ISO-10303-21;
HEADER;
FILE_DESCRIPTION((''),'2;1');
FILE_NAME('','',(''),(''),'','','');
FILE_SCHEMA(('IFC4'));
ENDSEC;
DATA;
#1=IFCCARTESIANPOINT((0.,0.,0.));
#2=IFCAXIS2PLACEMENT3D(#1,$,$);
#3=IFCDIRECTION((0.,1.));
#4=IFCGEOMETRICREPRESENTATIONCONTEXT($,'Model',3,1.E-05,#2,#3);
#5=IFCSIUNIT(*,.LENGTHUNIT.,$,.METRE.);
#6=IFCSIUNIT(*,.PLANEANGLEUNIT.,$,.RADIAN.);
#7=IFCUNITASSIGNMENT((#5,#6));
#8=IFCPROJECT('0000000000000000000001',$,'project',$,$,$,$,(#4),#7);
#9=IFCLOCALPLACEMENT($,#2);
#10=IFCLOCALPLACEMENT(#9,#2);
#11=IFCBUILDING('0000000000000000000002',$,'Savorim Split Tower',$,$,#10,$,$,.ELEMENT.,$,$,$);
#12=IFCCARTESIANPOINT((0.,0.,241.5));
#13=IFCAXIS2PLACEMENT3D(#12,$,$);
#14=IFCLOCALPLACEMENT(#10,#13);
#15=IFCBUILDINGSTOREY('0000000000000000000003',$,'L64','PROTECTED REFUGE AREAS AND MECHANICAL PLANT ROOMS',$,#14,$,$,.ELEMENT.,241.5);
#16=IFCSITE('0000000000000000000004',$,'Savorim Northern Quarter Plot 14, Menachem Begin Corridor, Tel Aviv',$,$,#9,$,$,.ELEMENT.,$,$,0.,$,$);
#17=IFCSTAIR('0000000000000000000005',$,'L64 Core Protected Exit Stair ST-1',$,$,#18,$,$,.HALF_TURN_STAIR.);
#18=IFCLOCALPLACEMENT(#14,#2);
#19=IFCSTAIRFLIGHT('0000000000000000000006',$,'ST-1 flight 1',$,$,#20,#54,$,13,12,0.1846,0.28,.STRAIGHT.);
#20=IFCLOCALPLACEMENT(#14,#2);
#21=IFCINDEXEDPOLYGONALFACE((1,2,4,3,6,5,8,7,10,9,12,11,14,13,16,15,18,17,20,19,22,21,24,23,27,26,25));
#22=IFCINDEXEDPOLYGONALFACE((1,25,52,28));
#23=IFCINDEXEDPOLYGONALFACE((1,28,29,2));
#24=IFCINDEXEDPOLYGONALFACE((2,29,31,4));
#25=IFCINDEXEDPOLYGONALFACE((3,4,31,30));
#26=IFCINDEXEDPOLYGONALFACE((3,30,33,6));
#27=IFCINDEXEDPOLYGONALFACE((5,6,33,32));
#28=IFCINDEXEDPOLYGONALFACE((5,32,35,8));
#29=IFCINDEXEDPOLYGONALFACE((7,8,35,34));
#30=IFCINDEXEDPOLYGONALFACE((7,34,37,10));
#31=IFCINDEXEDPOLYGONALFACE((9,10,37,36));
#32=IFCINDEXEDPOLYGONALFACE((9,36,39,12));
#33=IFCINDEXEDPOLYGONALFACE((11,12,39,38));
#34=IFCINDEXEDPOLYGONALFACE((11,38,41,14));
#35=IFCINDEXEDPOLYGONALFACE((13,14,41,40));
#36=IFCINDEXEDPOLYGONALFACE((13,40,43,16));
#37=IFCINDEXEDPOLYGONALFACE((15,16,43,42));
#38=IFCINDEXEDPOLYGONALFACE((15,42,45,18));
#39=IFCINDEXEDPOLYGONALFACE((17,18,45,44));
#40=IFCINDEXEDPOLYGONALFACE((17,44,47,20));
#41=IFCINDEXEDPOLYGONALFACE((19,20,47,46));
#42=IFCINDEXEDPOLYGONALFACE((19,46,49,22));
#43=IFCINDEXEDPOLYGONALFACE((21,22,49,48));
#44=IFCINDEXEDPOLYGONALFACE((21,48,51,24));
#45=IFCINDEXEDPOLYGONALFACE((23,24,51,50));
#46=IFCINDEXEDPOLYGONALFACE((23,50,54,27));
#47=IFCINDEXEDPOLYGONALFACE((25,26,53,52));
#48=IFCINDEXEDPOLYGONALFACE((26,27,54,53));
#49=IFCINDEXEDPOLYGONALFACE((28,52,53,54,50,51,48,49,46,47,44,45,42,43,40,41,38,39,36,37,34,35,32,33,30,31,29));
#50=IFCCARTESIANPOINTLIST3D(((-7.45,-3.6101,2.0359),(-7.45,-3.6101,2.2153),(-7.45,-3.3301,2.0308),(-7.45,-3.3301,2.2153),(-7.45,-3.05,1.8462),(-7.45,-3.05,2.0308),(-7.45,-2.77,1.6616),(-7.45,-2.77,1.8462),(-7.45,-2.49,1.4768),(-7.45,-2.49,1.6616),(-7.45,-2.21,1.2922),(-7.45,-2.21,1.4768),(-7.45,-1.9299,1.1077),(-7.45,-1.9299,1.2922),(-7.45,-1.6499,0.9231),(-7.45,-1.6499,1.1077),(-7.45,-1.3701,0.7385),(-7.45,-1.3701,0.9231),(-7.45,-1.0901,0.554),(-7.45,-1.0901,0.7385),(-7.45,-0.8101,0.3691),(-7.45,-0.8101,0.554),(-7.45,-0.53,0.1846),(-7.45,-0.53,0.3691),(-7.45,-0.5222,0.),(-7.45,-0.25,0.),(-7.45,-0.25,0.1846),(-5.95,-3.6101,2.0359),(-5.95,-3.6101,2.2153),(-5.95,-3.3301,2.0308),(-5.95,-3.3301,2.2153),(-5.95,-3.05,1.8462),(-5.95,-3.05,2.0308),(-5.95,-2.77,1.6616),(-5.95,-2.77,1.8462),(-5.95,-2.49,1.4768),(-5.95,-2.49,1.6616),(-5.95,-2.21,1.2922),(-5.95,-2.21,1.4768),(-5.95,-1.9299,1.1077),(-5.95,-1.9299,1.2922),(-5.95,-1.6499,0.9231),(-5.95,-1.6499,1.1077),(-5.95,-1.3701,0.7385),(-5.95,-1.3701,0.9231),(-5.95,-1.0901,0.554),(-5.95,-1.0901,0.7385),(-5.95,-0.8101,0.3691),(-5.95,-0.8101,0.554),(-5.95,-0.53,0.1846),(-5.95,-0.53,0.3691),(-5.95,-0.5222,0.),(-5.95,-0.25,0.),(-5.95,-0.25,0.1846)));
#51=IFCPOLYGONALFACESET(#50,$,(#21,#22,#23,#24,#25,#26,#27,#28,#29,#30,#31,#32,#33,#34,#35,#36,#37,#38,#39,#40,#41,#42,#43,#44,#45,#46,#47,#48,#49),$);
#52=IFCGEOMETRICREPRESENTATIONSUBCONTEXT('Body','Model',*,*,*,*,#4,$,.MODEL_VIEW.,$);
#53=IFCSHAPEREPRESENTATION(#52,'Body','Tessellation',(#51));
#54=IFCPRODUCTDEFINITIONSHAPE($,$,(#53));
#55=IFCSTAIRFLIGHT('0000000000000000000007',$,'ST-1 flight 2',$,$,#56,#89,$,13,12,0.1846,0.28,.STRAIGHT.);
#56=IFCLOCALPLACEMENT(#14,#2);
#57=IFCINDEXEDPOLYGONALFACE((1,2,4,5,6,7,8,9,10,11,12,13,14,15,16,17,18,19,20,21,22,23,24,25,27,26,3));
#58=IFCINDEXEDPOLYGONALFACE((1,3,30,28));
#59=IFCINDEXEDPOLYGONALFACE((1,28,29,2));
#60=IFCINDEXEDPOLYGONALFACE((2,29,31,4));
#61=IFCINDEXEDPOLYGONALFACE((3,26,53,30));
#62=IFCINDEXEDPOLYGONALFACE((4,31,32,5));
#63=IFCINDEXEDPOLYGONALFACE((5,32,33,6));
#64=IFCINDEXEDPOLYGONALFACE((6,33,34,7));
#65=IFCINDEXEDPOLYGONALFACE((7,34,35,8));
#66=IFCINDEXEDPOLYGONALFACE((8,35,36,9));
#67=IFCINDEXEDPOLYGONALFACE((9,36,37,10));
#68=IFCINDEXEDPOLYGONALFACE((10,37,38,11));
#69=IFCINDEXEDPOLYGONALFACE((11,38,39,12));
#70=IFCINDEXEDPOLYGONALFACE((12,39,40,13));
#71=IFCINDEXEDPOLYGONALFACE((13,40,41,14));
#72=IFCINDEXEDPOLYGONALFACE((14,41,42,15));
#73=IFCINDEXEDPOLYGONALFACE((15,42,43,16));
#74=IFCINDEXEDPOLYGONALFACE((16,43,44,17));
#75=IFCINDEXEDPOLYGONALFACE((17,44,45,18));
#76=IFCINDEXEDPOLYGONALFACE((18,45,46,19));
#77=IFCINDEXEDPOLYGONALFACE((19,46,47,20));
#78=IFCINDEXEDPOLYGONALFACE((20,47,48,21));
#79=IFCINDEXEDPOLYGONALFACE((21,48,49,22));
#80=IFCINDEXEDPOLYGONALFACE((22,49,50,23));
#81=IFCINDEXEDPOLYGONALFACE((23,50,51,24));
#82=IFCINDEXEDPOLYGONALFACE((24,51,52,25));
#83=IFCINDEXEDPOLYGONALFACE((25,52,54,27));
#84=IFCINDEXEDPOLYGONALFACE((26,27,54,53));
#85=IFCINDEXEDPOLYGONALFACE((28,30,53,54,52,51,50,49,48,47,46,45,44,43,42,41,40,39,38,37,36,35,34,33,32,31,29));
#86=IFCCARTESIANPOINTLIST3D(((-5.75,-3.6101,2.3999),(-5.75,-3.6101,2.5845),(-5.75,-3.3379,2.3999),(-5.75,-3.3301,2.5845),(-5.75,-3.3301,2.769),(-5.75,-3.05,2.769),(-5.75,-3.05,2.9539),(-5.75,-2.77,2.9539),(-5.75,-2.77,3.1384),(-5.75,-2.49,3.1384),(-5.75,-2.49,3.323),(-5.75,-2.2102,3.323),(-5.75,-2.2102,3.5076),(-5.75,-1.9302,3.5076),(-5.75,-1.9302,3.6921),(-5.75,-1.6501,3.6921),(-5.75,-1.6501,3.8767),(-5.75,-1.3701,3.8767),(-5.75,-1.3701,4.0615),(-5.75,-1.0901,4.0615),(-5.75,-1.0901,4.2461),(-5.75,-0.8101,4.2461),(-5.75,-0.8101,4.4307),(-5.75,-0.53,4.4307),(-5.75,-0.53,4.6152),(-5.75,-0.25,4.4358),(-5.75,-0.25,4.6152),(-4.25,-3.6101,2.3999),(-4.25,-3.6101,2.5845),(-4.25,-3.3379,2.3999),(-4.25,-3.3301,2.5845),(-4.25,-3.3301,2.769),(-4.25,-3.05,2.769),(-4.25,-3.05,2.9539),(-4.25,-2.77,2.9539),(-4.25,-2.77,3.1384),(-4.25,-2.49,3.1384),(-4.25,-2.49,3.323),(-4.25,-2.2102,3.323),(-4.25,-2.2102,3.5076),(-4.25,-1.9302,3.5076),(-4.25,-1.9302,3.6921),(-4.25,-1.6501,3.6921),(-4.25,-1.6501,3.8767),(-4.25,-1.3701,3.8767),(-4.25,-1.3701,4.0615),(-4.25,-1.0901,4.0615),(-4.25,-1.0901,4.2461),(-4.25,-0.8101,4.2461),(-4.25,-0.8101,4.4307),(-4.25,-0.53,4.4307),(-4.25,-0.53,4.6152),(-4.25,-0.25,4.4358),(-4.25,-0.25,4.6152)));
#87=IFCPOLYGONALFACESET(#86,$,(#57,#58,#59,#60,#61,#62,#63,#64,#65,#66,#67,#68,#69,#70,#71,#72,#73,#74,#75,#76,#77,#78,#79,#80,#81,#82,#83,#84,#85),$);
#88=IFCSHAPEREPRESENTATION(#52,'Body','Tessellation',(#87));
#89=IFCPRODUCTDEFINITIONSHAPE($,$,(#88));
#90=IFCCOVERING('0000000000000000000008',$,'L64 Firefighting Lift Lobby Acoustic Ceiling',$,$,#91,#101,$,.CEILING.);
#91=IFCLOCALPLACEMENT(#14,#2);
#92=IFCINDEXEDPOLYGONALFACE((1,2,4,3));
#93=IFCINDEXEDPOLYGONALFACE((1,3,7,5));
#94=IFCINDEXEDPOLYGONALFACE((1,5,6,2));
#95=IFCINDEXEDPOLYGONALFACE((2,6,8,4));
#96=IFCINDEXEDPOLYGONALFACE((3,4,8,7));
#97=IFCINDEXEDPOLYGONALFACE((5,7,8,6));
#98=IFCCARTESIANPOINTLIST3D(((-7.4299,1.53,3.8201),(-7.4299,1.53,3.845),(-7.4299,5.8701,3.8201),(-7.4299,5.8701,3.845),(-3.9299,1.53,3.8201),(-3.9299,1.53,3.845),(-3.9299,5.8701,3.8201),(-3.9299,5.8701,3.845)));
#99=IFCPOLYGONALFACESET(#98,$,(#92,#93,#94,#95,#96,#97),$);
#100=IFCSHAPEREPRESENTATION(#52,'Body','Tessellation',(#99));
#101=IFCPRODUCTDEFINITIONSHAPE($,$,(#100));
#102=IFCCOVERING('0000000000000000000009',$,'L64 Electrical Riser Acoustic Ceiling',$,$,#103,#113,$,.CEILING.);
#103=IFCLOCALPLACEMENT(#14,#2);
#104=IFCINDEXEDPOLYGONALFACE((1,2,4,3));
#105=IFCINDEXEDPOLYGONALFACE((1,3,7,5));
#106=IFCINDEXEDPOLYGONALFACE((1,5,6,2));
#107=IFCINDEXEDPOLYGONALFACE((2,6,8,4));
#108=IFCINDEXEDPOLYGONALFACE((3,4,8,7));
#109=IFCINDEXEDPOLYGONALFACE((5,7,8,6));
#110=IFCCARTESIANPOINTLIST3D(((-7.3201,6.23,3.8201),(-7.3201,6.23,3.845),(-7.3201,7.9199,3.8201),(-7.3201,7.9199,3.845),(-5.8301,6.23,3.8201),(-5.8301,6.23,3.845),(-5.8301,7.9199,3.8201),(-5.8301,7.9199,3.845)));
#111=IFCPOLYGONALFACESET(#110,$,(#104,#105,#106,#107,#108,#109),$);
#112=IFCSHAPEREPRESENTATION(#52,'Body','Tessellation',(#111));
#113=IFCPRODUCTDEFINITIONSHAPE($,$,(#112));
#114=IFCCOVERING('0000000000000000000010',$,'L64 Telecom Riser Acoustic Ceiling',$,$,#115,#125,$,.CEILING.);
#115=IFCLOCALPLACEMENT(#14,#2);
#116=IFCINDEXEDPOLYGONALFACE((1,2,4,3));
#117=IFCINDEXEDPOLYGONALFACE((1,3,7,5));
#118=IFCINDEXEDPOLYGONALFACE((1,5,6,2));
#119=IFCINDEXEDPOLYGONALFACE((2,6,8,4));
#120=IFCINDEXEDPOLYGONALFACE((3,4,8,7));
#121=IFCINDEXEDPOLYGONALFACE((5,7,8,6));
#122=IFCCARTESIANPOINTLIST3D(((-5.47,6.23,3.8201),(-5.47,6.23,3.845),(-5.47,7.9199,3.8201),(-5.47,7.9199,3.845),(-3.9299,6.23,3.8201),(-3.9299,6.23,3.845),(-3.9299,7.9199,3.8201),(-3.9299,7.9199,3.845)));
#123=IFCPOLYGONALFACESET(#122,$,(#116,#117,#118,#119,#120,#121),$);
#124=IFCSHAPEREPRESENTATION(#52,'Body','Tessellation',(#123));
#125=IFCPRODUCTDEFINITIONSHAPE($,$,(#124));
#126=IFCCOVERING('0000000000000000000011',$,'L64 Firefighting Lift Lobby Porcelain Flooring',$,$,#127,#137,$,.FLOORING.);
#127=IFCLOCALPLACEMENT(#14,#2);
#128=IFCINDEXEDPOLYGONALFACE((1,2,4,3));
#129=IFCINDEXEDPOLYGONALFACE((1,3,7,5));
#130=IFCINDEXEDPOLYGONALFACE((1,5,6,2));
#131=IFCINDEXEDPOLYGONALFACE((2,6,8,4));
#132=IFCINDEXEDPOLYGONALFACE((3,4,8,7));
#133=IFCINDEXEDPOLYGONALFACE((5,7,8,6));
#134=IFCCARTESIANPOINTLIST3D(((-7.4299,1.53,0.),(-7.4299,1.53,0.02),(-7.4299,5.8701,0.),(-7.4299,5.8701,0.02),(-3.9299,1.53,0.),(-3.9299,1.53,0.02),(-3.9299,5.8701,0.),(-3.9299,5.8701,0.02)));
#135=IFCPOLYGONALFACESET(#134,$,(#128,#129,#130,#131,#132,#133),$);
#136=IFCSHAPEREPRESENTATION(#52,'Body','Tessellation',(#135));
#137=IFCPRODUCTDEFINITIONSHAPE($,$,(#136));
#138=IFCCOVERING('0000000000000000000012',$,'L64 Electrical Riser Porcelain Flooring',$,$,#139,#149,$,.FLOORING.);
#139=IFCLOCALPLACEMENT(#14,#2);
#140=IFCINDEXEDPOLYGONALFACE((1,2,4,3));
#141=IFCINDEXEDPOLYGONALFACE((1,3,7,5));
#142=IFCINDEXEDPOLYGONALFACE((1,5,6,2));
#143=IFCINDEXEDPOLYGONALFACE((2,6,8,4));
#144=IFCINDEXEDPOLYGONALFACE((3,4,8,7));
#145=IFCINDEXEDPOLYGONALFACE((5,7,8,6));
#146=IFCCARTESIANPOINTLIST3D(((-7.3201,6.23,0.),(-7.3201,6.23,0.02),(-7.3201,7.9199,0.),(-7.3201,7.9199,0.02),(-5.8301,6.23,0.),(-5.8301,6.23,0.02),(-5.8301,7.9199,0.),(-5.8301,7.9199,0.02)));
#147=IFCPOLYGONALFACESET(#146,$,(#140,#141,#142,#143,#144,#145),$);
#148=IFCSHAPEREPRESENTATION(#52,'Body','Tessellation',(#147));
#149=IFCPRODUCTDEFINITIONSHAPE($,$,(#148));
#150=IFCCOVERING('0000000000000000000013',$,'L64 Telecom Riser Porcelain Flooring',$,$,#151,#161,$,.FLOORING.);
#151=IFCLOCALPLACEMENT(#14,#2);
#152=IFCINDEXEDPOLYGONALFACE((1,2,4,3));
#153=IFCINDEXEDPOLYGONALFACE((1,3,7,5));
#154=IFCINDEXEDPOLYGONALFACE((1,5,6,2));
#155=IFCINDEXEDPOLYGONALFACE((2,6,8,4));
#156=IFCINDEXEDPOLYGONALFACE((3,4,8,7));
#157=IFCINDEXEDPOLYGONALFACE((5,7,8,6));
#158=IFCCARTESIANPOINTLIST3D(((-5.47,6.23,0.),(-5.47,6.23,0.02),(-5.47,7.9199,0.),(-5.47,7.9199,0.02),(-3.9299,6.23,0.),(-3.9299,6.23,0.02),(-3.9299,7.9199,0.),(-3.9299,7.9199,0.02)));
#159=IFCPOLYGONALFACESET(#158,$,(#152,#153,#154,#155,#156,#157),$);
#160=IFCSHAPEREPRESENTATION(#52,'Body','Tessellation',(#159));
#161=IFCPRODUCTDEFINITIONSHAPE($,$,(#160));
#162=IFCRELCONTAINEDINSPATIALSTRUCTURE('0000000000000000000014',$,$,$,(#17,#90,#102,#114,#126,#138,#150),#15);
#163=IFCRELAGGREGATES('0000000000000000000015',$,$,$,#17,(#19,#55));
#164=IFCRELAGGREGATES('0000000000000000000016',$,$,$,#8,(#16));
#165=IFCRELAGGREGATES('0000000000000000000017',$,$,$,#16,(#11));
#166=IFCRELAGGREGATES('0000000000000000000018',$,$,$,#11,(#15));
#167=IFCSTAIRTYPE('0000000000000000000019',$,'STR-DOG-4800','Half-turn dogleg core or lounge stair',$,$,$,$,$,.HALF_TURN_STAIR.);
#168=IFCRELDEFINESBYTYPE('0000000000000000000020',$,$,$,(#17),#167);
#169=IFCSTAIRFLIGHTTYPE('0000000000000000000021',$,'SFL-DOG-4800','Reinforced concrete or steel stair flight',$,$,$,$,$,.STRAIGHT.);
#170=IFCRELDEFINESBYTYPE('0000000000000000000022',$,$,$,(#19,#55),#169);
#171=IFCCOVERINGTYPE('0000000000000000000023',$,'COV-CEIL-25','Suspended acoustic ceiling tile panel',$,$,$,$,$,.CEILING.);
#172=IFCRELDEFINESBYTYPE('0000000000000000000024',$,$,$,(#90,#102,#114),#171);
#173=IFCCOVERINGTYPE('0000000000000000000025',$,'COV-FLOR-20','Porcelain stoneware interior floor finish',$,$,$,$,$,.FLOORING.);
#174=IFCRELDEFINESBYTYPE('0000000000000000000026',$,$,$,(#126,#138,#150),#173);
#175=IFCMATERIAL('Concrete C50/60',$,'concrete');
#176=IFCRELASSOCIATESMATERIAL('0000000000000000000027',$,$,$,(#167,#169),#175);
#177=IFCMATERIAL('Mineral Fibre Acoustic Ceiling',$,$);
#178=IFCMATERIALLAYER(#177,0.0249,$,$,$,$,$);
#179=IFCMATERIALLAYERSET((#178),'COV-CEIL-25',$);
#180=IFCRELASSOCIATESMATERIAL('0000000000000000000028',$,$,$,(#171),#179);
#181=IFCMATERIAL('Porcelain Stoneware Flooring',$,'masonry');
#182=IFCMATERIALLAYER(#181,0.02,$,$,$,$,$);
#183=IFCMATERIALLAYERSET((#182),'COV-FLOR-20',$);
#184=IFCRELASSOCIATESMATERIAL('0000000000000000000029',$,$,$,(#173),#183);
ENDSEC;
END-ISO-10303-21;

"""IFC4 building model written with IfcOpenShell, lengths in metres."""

from ifc_helpers import new_model, si_unit, direction, frame, origin, place, context, subcontext, project, spatial, polyline, outline, extrude, material, layer, layer_set, type_object, element, aggregate, save


model = new_model("IFC4")

# Units and contexts
model_context = context("Model", 3, precision=1e-05, world=origin(), true_north=direction((0.0, 1.0)))
body_context = subcontext(model_context, "Body", "Model", "MODEL_VIEW")
ifc_project = project(units=[si_unit("LENGTHUNIT", "METRE"), si_unit("PLANEANGLEUNIT", "RADIAN")], contexts=[model_context])

# Site, building, storey
site_placement = place(None, origin())
site = spatial("IfcSite", under=ifc_project, at=site_placement, Name="Savorim Northern Quarter Plot 14, Menachem Begin Corridor, Tel Aviv", CompositionType="ELEMENT", RefElevation=0.0)
building_placement = place(site_placement, origin())
building = spatial("IfcBuilding", under=site, at=building_placement, Name="Savorim Split Tower", CompositionType="ELEMENT")
storey_placement = place(building_placement, frame((0.0, 0.0, 241.5)))
storey = spatial("IfcBuildingStorey", under=building, at=storey_placement, Name="L64", Description="PROTECTED REFUGE AREAS AND MECHANICAL PLANT ROOMS", CompositionType="ELEMENT", Elevation=241.5)

# Stair
ifc_material_1 = material(Name="Concrete C50/60", Category="concrete")
stair_type = type_object("IfcStairType", Name="STR-DOG-4800", Description="Half-turn dogleg core or lounge stair", PredefinedType="HALF_TURN_STAIR", material=ifc_material_1)
stair_1_placement = place(storey_placement, origin())
stair_1 = element("IfcStair", 1, at=stair_1_placement, inside=storey, type_object=stair_type, Name="L64 Core Protected Exit Stair ST-1", PredefinedType="HALF_TURN_STAIR")

# Stair flights
stair_flight_type = type_object("IfcStairFlightType", Name="SFL-DOG-4800", Description="Reinforced concrete or steel stair flight", PredefinedType="STRAIGHT", material=ifc_material_1)
stair_flight_1_placement = place(storey_placement, frame((-6.7, -0.25, 0.0), z_axis=(0.0, 0.0, 1.0), x_axis=(0.0, -1.0, 0.0)))
stair_flight_1 = element("IfcStairFlight", 2, at=stair_flight_1_placement, type_object=stair_flight_type, Name="ST-1 flight 1", NumberOfRisers=13, NumberOfTreads=12, PredefinedType="STRAIGHT", RiserHeight=0.1846, TreadLength=0.28, context=body_context, shape_type="SweptSolid", body=[
    extrude(outline(polyline([(0.0, 0.0), (0.0, 0.1846), (0.28, 0.1846), (0.28, 0.3691), (0.5601, 0.3691), (0.5601, 0.554), (0.8401, 0.554), (0.8401, 0.7385), (1.1201, 0.7385), (1.1201, 0.9231), (1.3999, 0.9231), (1.3999, 1.1077), (1.6799, 1.1077), (1.6799, 1.2922), (1.96, 1.2922), (1.96, 1.4768), (2.24, 1.4768), (2.24, 1.6616), (2.52, 1.6616), (2.52, 1.8462), (2.8, 1.8462), (2.8, 2.0308), (3.0801, 2.0308), (3.0801, 2.2153), (3.3601, 2.2153), (3.3601, 2.3999), (3.3601, 2.0359), (0.2722, 0.0), (0.0, 0.0)])), frame((0.0, 0.75, 0.0), z_axis=(0.0, -1.0, 0.0), x_axis=(1.0, 0.0, 0.0)), (0.0, 0.0, 1.0), 1.5),
])
stair_flight_2_placement = place(storey_placement, frame((-5.0, -3.6101, 2.3999), z_axis=(0.0, 0.0, 1.0), x_axis=(0.0, 1.0, 0.0)))
stair_flight_2 = element("IfcStairFlight", 3, at=stair_flight_2_placement, type_object=stair_flight_type, Name="ST-1 flight 2", NumberOfRisers=13, NumberOfTreads=12, PredefinedType="STRAIGHT", RiserHeight=0.1846, TreadLength=0.28, context=body_context, shape_type="SweptSolid", body=[
    extrude(outline(polyline([(0.0, 0.0), (0.0, 0.1846), (0.28, 0.1846), (0.28, 0.3691), (0.5601, 0.3691), (0.5601, 0.554), (0.8401, 0.554), (0.8401, 0.7385), (1.1201, 0.7385), (1.1201, 0.9231), (1.3999, 0.9231), (1.3999, 1.1077), (1.6799, 1.1077), (1.6799, 1.2922), (1.96, 1.2922), (1.96, 1.4768), (2.24, 1.4768), (2.24, 1.6616), (2.52, 1.6616), (2.52, 1.8462), (2.8, 1.8462), (2.8, 2.0308), (3.0801, 2.0308), (3.0801, 2.2153), (3.3601, 2.2153), (3.3601, 2.3999), (3.3601, 2.0359), (0.2722, 0.0), (0.0, 0.0)])), frame((0.0, 0.75, 0.0), z_axis=(0.0, -1.0, 0.0), x_axis=(1.0, 0.0, 0.0)), (0.0, 0.0, 1.0), 1.5),
])
aggregate(stair_1, [stair_flight_1, stair_flight_2])

# Coverings
ifc_material_2 = material(Name="Mineral Fibre Acoustic Ceiling")
ifc_layer_1 = layer(ifc_material_2, 0.0249)
ifc_layer_set_1 = layer_set([ifc_layer_1], Name="COV-CEIL-25")
covering_type_1 = type_object("IfcCoveringType", Name="COV-CEIL-25", Description="Suspended acoustic ceiling tile panel", PredefinedType="CEILING", material=ifc_layer_set_1)
covering_1_placement = place(storey_placement, frame((0.0, 0.0, 3.8201)))
element("IfcCovering", 4, at=covering_1_placement, inside=storey, type_object=covering_type_1, Name="L64 Firefighting Lift Lobby Acoustic Ceiling", PredefinedType="CEILING", context=body_context, shape_type="SweptSolid", body=[
    extrude(outline(polyline([(-7.4299, 5.8701), (-7.4299, 1.53), (-3.9299, 1.53), (-3.9299, 5.8701), (-7.4299, 5.8701)])), origin(), (0.0, 0.0, 1.0), 0.0249),
])
covering_2_placement = place(storey_placement, frame((0.0, 0.0, 3.8201)))
element("IfcCovering", 5, at=covering_2_placement, inside=storey, type_object=covering_type_1, Name="L64 Electrical Riser Acoustic Ceiling", PredefinedType="CEILING", context=body_context, shape_type="SweptSolid", body=[
    extrude(outline(polyline([(-7.3201, 7.9199), (-7.3201, 6.23), (-5.8301, 6.23), (-5.8301, 7.9199), (-7.3201, 7.9199)])), origin(), (0.0, 0.0, 1.0), 0.0249),
])
covering_3_placement = place(storey_placement, frame((0.0, 0.0, 3.8201)))
element("IfcCovering", 6, at=covering_3_placement, inside=storey, type_object=covering_type_1, Name="L64 Telecom Riser Acoustic Ceiling", PredefinedType="CEILING", context=body_context, shape_type="SweptSolid", body=[
    extrude(outline(polyline([(-5.47, 7.9199), (-5.47, 6.23), (-3.9299, 6.23), (-3.9299, 7.9199), (-5.47, 7.9199)])), origin(), (0.0, 0.0, 1.0), 0.0249),
])
ifc_material_3 = material(Name="Porcelain Stoneware Flooring", Category="masonry")
ifc_layer_2 = layer(ifc_material_3, 0.02)
ifc_layer_set_2 = layer_set([ifc_layer_2], Name="COV-FLOR-20")
covering_type_2 = type_object("IfcCoveringType", Name="COV-FLOR-20", Description="Porcelain stoneware interior floor finish", PredefinedType="FLOORING", material=ifc_layer_set_2)
covering_4_placement = place(storey_placement, origin())
element("IfcCovering", 7, at=covering_4_placement, inside=storey, type_object=covering_type_2, Name="L64 Firefighting Lift Lobby Porcelain Flooring", PredefinedType="FLOORING", context=body_context, shape_type="SweptSolid", body=[
    extrude(outline(polyline([(-7.4299, 5.8701), (-7.4299, 1.53), (-3.9299, 1.53), (-3.9299, 5.8701), (-7.4299, 5.8701)])), origin(), (0.0, 0.0, 1.0), 0.02),
])
covering_5_placement = place(storey_placement, origin())
element("IfcCovering", 8, at=covering_5_placement, inside=storey, type_object=covering_type_2, Name="L64 Electrical Riser Porcelain Flooring", PredefinedType="FLOORING", context=body_context, shape_type="SweptSolid", body=[
    extrude(outline(polyline([(-7.3201, 7.9199), (-7.3201, 6.23), (-5.8301, 6.23), (-5.8301, 7.9199), (-7.3201, 7.9199)])), origin(), (0.0, 0.0, 1.0), 0.02),
])
covering_6_placement = place(storey_placement, origin())
element("IfcCovering", 9, at=covering_6_placement, inside=storey, type_object=covering_type_2, Name="L64 Telecom Riser Porcelain Flooring", PredefinedType="FLOORING", context=body_context, shape_type="SweptSolid", body=[
    extrude(outline(polyline([(-5.47, 7.9199), (-5.47, 6.23), (-3.9299, 6.23), (-3.9299, 7.9199), (-5.47, 7.9199)])), origin(), (0.0, 0.0, 1.0), 0.02),
])

save(model, "model.ifc")
